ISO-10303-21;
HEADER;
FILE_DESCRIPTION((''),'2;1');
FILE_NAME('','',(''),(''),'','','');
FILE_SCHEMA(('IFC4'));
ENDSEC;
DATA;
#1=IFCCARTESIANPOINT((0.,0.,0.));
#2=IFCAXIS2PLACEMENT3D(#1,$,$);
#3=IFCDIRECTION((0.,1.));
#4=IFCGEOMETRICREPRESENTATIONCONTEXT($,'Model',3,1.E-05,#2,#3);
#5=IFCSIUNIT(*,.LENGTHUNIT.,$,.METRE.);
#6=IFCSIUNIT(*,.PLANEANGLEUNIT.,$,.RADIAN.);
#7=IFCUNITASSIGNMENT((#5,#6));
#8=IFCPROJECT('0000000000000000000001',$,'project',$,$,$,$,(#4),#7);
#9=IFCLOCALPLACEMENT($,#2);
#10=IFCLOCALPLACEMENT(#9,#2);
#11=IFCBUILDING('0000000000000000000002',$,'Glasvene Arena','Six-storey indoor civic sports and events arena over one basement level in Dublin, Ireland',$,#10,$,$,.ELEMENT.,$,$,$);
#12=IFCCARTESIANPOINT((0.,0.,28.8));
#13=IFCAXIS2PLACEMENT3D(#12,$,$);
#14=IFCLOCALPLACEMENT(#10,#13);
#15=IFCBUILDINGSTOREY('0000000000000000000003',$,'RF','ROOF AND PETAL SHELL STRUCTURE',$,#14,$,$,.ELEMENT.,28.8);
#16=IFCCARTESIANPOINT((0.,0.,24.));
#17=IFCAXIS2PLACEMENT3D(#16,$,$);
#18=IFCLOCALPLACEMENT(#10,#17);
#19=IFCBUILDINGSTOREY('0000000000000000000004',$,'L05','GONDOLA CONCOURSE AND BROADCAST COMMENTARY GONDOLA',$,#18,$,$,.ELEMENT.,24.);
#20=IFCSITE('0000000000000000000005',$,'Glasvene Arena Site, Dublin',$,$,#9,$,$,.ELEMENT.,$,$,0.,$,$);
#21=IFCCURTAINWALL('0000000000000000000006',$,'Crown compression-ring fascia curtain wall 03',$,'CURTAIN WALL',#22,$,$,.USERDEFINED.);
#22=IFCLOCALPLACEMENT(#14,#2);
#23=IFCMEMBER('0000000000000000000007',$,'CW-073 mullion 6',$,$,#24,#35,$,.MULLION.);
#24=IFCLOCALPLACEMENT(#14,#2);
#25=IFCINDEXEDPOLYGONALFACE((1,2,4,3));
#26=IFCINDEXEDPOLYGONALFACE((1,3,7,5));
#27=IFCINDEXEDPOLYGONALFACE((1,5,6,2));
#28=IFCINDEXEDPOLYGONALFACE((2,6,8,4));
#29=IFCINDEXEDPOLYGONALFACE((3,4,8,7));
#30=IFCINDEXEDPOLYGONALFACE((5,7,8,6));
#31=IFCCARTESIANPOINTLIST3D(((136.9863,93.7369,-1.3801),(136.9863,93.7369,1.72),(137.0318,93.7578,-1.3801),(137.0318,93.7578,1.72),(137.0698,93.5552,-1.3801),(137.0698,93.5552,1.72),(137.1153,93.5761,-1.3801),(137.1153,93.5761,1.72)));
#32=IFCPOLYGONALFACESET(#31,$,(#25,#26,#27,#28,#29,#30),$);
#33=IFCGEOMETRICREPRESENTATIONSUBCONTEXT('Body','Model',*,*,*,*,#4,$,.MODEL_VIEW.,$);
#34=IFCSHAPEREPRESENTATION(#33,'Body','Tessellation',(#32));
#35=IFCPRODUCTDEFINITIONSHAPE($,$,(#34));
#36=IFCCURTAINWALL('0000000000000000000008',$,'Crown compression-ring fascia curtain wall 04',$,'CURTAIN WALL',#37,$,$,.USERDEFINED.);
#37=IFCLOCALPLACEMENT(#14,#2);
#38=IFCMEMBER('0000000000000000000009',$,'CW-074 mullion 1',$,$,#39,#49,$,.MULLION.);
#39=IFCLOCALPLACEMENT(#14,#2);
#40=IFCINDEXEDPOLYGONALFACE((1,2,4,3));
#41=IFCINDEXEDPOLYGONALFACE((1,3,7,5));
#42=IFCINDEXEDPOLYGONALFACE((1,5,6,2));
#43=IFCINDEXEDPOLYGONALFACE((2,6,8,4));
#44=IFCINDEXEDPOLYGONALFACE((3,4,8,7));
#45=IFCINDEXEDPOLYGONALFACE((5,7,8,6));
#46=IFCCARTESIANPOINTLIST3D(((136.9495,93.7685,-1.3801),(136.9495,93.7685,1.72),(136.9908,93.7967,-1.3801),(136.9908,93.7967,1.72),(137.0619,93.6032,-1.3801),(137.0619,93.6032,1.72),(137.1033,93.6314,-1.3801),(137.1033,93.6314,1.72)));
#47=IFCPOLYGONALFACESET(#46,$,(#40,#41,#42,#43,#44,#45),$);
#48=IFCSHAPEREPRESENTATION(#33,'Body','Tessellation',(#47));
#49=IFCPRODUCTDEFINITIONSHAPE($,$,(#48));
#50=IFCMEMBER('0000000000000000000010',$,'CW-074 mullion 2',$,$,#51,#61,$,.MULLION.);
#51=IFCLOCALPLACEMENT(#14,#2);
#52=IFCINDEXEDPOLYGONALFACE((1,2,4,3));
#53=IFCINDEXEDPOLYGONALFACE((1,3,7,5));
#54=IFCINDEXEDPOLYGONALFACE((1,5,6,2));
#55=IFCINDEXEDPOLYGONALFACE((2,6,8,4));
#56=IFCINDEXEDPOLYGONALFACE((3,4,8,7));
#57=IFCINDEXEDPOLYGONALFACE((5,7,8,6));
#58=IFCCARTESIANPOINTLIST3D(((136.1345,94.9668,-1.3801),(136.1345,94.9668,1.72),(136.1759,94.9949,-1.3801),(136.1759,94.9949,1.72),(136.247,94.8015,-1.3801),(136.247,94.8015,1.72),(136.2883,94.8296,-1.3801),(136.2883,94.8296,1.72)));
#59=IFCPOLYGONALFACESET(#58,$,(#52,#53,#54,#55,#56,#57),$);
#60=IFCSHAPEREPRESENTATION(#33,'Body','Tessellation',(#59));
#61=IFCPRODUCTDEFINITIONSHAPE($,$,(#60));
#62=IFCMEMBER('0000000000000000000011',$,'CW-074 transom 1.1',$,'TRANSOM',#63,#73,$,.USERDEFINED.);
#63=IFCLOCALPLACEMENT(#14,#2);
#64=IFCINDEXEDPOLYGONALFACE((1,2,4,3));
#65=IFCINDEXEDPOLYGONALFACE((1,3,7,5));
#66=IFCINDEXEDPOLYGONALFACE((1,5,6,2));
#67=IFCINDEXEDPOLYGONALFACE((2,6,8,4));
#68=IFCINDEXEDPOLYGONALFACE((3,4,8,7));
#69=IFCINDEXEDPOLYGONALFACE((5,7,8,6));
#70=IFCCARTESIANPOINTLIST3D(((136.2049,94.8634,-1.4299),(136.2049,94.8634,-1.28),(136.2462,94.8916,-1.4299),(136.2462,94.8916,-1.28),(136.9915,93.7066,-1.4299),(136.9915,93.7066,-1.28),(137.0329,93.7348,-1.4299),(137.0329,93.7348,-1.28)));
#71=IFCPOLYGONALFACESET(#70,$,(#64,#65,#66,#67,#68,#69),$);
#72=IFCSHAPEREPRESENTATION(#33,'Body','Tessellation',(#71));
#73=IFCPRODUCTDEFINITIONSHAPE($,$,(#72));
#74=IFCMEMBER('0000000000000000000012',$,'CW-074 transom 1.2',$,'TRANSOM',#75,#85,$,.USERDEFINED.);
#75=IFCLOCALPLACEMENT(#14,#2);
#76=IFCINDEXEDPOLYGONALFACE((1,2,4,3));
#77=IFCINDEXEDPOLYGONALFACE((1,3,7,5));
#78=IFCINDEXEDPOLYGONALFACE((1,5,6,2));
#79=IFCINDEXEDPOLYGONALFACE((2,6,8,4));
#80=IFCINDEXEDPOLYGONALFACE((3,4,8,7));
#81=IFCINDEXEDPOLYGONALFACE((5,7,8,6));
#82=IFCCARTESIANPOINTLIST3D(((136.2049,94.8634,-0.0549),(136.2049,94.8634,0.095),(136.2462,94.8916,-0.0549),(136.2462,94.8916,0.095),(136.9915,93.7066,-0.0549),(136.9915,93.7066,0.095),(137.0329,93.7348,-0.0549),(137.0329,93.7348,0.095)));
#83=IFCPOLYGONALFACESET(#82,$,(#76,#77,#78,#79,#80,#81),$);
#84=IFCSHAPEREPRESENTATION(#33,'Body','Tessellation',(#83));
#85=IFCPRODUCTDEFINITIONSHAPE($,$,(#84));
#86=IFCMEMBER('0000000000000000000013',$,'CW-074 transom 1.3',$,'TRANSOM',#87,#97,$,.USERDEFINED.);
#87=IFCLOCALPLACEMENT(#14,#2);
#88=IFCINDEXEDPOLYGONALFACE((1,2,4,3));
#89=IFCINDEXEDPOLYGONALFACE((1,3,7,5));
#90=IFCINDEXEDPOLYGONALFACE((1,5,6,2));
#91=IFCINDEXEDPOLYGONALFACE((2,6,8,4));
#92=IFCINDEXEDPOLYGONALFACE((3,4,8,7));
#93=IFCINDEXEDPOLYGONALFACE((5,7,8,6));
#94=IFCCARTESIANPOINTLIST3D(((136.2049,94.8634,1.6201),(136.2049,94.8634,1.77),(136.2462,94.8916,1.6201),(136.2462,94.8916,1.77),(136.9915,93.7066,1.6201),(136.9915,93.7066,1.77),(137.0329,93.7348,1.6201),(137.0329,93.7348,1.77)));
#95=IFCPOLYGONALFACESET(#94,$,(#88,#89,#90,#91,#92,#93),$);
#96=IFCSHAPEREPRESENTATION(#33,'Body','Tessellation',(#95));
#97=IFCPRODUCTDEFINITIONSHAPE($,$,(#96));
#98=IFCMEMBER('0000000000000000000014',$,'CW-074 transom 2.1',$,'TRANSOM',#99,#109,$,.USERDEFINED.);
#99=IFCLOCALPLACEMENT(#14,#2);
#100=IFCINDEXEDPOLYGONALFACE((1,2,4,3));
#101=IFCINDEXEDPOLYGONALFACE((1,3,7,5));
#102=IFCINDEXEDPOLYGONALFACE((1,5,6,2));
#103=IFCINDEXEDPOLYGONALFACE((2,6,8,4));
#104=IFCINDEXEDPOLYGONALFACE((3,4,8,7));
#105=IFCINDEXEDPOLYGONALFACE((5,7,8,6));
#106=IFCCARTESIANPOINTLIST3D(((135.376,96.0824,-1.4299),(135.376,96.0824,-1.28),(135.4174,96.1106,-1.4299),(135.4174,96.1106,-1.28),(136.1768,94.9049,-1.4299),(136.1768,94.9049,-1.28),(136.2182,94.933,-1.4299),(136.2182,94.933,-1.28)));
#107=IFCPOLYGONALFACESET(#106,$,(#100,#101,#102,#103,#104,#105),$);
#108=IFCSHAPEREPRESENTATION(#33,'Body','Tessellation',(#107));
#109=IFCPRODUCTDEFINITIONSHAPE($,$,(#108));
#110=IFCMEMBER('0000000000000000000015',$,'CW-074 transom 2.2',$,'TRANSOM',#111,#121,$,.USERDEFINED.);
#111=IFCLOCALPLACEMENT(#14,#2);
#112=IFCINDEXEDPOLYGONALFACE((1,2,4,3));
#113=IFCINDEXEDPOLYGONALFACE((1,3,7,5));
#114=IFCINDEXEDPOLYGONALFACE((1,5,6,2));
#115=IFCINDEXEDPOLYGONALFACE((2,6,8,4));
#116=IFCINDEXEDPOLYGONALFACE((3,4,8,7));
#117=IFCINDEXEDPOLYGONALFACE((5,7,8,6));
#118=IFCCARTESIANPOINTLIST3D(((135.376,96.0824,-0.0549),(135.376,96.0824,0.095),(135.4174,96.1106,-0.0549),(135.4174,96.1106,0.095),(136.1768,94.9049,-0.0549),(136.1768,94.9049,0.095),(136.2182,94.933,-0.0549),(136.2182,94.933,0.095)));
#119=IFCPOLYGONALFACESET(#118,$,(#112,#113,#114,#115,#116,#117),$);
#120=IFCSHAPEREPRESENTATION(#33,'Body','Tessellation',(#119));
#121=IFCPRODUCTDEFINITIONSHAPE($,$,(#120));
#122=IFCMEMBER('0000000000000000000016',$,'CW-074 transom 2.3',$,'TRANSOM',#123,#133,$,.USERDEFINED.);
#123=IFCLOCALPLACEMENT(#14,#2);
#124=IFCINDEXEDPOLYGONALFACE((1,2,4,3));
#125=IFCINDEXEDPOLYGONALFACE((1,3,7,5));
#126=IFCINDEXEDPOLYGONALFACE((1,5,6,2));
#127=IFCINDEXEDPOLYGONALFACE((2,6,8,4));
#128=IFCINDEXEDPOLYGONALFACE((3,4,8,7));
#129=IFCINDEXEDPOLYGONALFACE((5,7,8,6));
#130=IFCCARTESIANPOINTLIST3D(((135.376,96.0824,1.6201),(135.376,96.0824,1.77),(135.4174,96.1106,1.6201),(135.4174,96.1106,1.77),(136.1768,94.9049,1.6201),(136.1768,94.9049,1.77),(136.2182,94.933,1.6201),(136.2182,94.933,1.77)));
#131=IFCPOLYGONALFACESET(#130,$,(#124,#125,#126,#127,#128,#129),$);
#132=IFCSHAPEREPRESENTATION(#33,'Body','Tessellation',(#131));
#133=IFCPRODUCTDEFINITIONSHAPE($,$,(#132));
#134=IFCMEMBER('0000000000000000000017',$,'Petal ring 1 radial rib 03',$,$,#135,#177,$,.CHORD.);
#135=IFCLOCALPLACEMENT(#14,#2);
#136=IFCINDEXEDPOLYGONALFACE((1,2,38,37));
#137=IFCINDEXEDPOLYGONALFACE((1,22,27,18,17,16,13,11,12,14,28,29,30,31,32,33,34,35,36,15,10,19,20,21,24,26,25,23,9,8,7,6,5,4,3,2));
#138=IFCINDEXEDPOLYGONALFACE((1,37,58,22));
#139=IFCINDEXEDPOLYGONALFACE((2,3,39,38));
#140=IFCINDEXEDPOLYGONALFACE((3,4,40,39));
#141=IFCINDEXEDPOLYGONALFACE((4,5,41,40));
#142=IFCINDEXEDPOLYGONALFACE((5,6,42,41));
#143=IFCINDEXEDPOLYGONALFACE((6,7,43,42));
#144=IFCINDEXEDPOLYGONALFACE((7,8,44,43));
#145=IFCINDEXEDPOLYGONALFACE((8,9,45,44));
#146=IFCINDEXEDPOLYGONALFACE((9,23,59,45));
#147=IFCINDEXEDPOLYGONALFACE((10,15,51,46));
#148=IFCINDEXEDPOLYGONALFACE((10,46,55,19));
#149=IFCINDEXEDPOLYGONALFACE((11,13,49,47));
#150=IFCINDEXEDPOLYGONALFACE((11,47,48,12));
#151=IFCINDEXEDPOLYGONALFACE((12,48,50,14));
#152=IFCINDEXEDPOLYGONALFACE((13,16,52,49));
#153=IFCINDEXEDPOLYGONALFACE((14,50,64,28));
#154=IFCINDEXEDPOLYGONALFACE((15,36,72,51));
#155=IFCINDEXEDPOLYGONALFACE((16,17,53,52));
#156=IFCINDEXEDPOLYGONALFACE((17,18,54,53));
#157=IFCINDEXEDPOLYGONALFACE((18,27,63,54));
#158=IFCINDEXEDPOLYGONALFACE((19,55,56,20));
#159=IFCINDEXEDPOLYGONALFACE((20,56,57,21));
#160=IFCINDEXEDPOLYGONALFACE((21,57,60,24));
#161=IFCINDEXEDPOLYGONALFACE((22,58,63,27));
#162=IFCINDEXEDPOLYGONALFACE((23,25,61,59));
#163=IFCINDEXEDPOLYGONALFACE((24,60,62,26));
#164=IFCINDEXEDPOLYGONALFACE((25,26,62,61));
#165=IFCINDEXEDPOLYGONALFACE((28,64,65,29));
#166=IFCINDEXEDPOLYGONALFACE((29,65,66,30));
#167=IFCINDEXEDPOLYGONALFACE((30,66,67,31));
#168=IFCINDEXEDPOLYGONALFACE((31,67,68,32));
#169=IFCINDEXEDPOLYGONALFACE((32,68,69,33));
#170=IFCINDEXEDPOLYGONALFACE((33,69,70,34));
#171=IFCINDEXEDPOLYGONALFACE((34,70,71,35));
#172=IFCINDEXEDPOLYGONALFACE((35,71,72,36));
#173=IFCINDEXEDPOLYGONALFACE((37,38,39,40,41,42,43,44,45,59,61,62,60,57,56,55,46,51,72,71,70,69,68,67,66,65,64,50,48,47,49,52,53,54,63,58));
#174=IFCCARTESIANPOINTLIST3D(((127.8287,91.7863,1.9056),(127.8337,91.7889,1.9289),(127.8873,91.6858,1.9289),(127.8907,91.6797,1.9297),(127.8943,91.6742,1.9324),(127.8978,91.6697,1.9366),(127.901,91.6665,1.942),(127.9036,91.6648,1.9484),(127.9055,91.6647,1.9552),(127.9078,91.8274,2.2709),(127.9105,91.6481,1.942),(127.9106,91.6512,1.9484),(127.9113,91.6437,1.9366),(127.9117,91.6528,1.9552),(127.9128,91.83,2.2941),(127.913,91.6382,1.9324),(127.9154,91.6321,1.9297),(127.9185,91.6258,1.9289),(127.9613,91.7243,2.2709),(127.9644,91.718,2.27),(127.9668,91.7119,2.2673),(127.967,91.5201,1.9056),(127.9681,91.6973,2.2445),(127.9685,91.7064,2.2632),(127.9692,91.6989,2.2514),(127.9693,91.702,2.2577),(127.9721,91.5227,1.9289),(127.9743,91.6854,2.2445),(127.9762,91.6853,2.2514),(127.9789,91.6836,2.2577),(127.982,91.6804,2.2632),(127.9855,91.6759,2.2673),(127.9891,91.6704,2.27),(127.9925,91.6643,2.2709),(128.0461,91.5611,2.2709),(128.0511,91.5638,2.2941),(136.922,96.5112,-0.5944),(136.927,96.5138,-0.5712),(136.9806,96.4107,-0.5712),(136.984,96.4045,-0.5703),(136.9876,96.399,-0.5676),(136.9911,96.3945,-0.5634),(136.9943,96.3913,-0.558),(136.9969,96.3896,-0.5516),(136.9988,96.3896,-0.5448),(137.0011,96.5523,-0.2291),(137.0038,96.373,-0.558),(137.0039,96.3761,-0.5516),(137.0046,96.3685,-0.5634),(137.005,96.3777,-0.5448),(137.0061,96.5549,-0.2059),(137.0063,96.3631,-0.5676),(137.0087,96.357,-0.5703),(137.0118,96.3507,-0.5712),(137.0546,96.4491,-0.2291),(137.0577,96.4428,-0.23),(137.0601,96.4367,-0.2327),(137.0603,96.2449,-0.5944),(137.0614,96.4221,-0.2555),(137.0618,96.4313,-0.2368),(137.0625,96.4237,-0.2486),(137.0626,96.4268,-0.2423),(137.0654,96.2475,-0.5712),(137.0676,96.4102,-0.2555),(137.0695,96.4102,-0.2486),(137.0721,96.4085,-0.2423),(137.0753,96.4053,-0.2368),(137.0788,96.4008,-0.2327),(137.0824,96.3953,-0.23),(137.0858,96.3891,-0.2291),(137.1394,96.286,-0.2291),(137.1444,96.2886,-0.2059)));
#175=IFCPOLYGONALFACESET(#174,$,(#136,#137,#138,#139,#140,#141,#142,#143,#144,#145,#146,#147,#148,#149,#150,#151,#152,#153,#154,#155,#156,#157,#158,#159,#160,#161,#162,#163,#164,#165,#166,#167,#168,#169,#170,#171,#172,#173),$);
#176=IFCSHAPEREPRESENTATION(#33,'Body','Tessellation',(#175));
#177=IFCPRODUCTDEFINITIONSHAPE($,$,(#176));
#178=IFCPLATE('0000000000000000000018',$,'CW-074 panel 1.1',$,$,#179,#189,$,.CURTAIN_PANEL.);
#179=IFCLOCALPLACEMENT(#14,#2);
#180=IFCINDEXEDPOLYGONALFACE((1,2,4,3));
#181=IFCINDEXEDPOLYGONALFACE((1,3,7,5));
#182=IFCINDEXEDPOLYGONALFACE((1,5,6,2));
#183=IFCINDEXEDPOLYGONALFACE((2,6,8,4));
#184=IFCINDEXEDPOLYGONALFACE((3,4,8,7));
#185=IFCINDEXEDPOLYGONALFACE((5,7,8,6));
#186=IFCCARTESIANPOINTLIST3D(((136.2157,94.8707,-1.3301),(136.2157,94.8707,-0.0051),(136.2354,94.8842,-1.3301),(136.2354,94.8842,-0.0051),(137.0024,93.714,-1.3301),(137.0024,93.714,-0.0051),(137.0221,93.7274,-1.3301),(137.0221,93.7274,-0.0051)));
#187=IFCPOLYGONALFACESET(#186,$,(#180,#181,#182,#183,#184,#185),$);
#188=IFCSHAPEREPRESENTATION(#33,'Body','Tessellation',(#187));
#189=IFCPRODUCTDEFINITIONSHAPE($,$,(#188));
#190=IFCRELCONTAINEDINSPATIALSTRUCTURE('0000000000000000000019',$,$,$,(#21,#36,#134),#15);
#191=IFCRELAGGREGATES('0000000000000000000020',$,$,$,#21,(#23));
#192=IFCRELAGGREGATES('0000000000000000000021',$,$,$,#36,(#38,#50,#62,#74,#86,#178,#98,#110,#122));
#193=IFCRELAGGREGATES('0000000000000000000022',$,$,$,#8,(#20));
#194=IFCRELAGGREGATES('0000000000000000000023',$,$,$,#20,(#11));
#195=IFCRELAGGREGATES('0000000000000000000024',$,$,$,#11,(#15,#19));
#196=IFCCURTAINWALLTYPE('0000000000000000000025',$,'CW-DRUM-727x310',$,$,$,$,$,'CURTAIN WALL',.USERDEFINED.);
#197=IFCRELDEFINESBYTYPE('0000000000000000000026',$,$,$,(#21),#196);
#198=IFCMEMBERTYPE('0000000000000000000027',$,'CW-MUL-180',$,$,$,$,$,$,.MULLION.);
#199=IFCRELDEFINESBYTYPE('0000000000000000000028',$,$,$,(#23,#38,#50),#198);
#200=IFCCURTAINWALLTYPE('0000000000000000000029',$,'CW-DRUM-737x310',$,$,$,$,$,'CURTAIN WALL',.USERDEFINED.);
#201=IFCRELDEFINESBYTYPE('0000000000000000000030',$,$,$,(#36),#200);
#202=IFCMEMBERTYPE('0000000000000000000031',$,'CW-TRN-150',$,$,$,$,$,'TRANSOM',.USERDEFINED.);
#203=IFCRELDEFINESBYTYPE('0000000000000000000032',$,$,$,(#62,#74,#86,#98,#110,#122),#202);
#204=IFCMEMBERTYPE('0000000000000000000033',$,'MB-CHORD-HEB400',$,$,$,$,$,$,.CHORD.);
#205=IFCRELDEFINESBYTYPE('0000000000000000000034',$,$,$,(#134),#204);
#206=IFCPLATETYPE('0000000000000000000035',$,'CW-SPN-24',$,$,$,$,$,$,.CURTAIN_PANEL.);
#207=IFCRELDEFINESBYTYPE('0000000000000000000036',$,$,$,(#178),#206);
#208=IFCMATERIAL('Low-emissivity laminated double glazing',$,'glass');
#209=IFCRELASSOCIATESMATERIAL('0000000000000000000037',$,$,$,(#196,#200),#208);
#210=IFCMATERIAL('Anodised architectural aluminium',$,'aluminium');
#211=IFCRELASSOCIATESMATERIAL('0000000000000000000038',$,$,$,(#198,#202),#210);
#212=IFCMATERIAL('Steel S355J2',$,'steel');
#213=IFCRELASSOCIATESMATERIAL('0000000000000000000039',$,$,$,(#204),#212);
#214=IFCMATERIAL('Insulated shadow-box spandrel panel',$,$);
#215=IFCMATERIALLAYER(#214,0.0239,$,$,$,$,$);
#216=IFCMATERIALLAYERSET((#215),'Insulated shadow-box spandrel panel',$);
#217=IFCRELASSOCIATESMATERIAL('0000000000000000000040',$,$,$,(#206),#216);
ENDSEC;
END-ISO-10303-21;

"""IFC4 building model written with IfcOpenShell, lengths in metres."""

from ifc_helpers import new_model, si_unit, direction, frame, origin, origin_2d, place, context, subcontext, project, spatial, rectangle, i_section, extrude, material, layer, layer_set, material_profile, profile_set, type_object, element, aggregate, save


model = new_model("IFC4")

# Units and contexts
model_context = context("Model", 3, precision=1e-05, world=origin(), true_north=direction((0.0, 1.0)))
body_context = subcontext(model_context, "Body", "Model", "MODEL_VIEW")
ifc_project = project(units=[si_unit("LENGTHUNIT", "METRE"), si_unit("PLANEANGLEUNIT", "RADIAN")], contexts=[model_context])

# Site, building, storey
site_placement = place(None, origin())
site = spatial("IfcSite", under=ifc_project, at=site_placement, Name="Glasvene Arena Site, Dublin", CompositionType="ELEMENT", RefElevation=0.0)
building_placement = place(site_placement, origin())
building = spatial("IfcBuilding", under=site, at=building_placement, Name="Glasvene Arena", Description="Six-storey indoor civic sports and events arena over one basement level in Dublin, Ireland", CompositionType="ELEMENT")
storey_1_placement = place(building_placement, frame((0.0, 0.0, 28.8)))
storey_1 = spatial("IfcBuildingStorey", under=building, at=storey_1_placement, Name="RF", Description="ROOF AND PETAL SHELL STRUCTURE", CompositionType="ELEMENT", Elevation=28.8)

# Curtain wall, member
ifc_material_1 = material(Name="Low-emissivity laminated double glazing", Category="glass")
curtain_wall_type_1 = type_object("IfcCurtainWallType", Name="CW-DRUM-727x310", ElementType="CURTAIN WALL", PredefinedType="USERDEFINED", material=ifc_material_1)
curtain_wall_1_placement = place(storey_1_placement, frame((140.0759, 87.0757, 0.0)))
curtain_wall_1 = element("IfcCurtainWall", 1, at=curtain_wall_1_placement, inside=storey_1, type_object=curtain_wall_type_1, Name="Crown compression-ring fascia curtain wall 03", ObjectType="CURTAIN WALL", PredefinedType="USERDEFINED")
ifc_material_2 = material(Name="Anodised architectural aluminium", Category="aluminium")
ifc_material_profile_1 = material_profile(ifc_material_2, rectangle(XDim=0.05, YDim=0.2, at=origin_2d()), Name="ALU MULLION 50x200")
ifc_profile_set_1 = profile_set([ifc_material_profile_1], Name="Anodised architectural aluminium")
member_type_1 = type_object("IfcMemberType", Name="CW-MUL-180", PredefinedType="MULLION", material=ifc_profile_set_1)
member_1_placement = place(storey_1_placement, frame((137.0508, 93.6565, -1.3801), z_axis=(0.0, 0.0, 1.0), x_axis=(-0.908603, -0.417661, 0.0)))
member_1 = element("IfcMember", 2, at=member_1_placement, type_object=member_type_1, Name="CW-073 mullion 6", PredefinedType="MULLION", context=body_context, shape_type="SweptSolid", body=[
    extrude(rectangle(XDim=0.05, YDim=0.2, at=origin_2d()), origin(), (0.0, 0.0, 1.0), 3.1001),
])
aggregate(curtain_wall_1, [member_1])

# Curtain wall, members
curtain_wall_type_2 = type_object("IfcCurtainWallType", Name="CW-DRUM-737x310", ElementType="CURTAIN WALL", PredefinedType="USERDEFINED", material=ifc_material_1)
curtain_wall_2_placement = place(storey_1_placement, frame((137.0403, 93.6792, 0.0)))
curtain_wall_2 = element("IfcCurtainWall", 3, at=curtain_wall_2_placement, inside=storey_1, type_object=curtain_wall_type_2, Name="Crown compression-ring fascia curtain wall 04", ObjectType="CURTAIN WALL", PredefinedType="USERDEFINED")
member_2_placement = place(storey_1_placement, frame((137.0264, 93.7, -1.3801), z_axis=(0.0, 0.0, 1.0), x_axis=(-0.826896, -0.562354, 0.0)))
member_2 = element("IfcMember", 4, at=member_2_placement, type_object=member_type_1, Name="CW-074 mullion 1", PredefinedType="MULLION", context=body_context, shape_type="SweptSolid", body=[
    extrude(rectangle(XDim=0.05, YDim=0.2, at=origin_2d()), origin(), (0.0, 0.0, 1.0), 3.1001),
])
member_3_placement = place(storey_1_placement, frame((136.2114, 94.8982, -1.3801), z_axis=(0.0, 0.0, 1.0), x_axis=(-0.826896, -0.562354, 0.0)))
member_3 = element("IfcMember", 5, at=member_3_placement, type_object=member_type_1, Name="CW-074 mullion 2", PredefinedType="MULLION", context=body_context, shape_type="SweptSolid", body=[
    extrude(rectangle(XDim=0.05, YDim=0.2, at=origin_2d()), origin(), (0.0, 0.0, 1.0), 3.1001),
])
ifc_material_profile_2 = material_profile(ifc_material_2, rectangle(XDim=0.05, YDim=0.1499, at=origin_2d()), Name="ALU TRANSOM 50x150")
ifc_profile_set_2 = profile_set([ifc_material_profile_2], Name="Anodised architectural aluminium")
member_type_2 = type_object("IfcMemberType", Name="CW-TRN-150", ElementType="TRANSOM", PredefinedType="USERDEFINED", material=ifc_profile_set_2)
member_4_placement = place(storey_1_placement, frame((137.0122, 93.7207, -1.355), z_axis=(-0.562329, 0.826914, 0.0), x_axis=(-0.826914, -0.562329, 0.0)))
member_4 = element("IfcMember", 6, at=member_4_placement, type_object=member_type_2, Name="CW-074 transom 1.1", ObjectType="TRANSOM", PredefinedType="USERDEFINED", context=body_context, shape_type="SweptSolid", body=[
    extrude(rectangle(XDim=0.05, YDim=0.1499, at=origin_2d()), origin(), (0.0, 0.0, 1.0), 1.3989),
])
member_5_placement = place(storey_1_placement, frame((137.0122, 93.7207, 0.02), z_axis=(-0.562329, 0.826914, 0.0), x_axis=(-0.826914, -0.562329, 0.0)))
member_5 = element("IfcMember", 7, at=member_5_placement, type_object=member_type_2, Name="CW-074 transom 1.2", ObjectType="TRANSOM", PredefinedType="USERDEFINED", context=body_context, shape_type="SweptSolid", body=[
    extrude(rectangle(XDim=0.05, YDim=0.1499, at=origin_2d()), origin(), (0.0, 0.0, 1.0), 1.3989),
])
member_6_placement = place(storey_1_placement, frame((137.0122, 93.7207, 1.6951), z_axis=(-0.562329, 0.826914, 0.0), x_axis=(-0.826914, -0.562329, 0.0)))
member_6 = element("IfcMember", 8, at=member_6_placement, type_object=member_type_2, Name="CW-074 transom 1.3", ObjectType="TRANSOM", PredefinedType="USERDEFINED", context=body_context, shape_type="SweptSolid", body=[
    extrude(rectangle(XDim=0.05, YDim=0.1499, at=origin_2d()), origin(), (0.0, 0.0, 1.0), 1.3989),
])
member_7_placement = place(storey_1_placement, frame((136.1975, 94.9189, -1.355), z_axis=(-0.562352, 0.826898, 0.0), x_axis=(-0.826898, -0.562352, 0.0)))
member_7 = element("IfcMember", 9, at=member_7_placement, type_object=member_type_2, Name="CW-074 transom 2.1", ObjectType="TRANSOM", PredefinedType="USERDEFINED", context=body_context, shape_type="SweptSolid", body=[
    extrude(rectangle(XDim=0.05, YDim=0.1499, at=origin_2d()), origin(), (0.0, 0.0, 1.0), 1.4241),
])
member_8_placement = place(storey_1_placement, frame((136.1975, 94.9189, 0.02), z_axis=(-0.562352, 0.826898, 0.0), x_axis=(-0.826898, -0.562352, 0.0)))
member_8 = element("IfcMember", 10, at=member_8_placement, type_object=member_type_2, Name="CW-074 transom 2.2", ObjectType="TRANSOM", PredefinedType="USERDEFINED", context=body_context, shape_type="SweptSolid", body=[
    extrude(rectangle(XDim=0.05, YDim=0.1499, at=origin_2d()), origin(), (0.0, 0.0, 1.0), 1.4241),
])
member_9_placement = place(storey_1_placement, frame((136.1975, 94.9189, 1.6951), z_axis=(-0.562352, 0.826898, 0.0), x_axis=(-0.826898, -0.562352, 0.0)))
member_9 = element("IfcMember", 11, at=member_9_placement, type_object=member_type_2, Name="CW-074 transom 2.3", ObjectType="TRANSOM", PredefinedType="USERDEFINED", context=body_context, shape_type="SweptSolid", body=[
    extrude(rectangle(XDim=0.05, YDim=0.1499, at=origin_2d()), origin(), (0.0, 0.0, 1.0), 1.4241),
])

# Member
ifc_material_3 = material(Name="Steel S355J2", Category="steel")
ifc_material_profile_3 = material_profile(ifc_material_3, i_section(OverallWidth=0.3, OverallDepth=0.3999, WebThickness=0.0134, FlangeThickness=0.0239, FilletRadius=0.0271, at=origin_2d()), Name="HEB 400")
ifc_profile_set_3 = profile_set([ifc_material_profile_3], Name="Steel S355J2")
member_type_3 = type_object("IfcMemberType", Name="MB-CHORD-HEB400", PredefinedType="CHORD", material=ifc_profile_set_3)
member_10_placement = place(storey_1_placement, frame((137.0332, 96.3999, -0.4001), z_axis=(-0.862079, -0.447936, 0.23701), x_axis=(0.461073, -0.887362, 0.0)))
element("IfcMember", 12, at=member_10_placement, inside=storey_1, type_object=member_type_3, Name="Petal ring 1 radial rib 03", PredefinedType="CHORD", context=body_context, shape_type="SweptSolid", body=[
    extrude(i_section(OverallWidth=0.3, OverallDepth=0.3999, WebThickness=0.0134, FlangeThickness=0.0239, FilletRadius=0.0271, at=origin_2d()), origin(), (0.0, 0.0, 1.0), 10.5481),
])

# Plate
ifc_material_4 = material(Name="Insulated shadow-box spandrel panel")
ifc_layer_1 = layer(ifc_material_4, 0.0239)
ifc_layer_set_1 = layer_set([ifc_layer_1], Name="Insulated shadow-box spandrel panel")
plate_type = type_object("IfcPlateType", Name="CW-SPN-24", PredefinedType="CURTAIN_PANEL", material=ifc_layer_set_1)
plate_1_placement = place(storey_1_placement, frame((136.6189, 94.2991, -1.3301), z_axis=(0.0, 0.0, 1.0), x_axis=(-0.562354, 0.826896, 0.0)))
plate_1 = element("IfcPlate", 13, at=plate_1_placement, type_object=plate_type, Name="CW-074 panel 1.1", PredefinedType="CURTAIN_PANEL", context=body_context, shape_type="SweptSolid", body=[
    extrude(rectangle(XDim=1.3989, YDim=0.0239, at=origin_2d()), origin(), (0.0, 0.0, 1.0), 1.325),
])
aggregate(curtain_wall_2, [member_2, member_3, member_4, member_5, member_6, plate_1, member_7, member_8, member_9])

# Shared definitions
storey_2_placement = place(building_placement, frame((0.0, 0.0, 24.0)))
storey_2 = spatial("IfcBuildingStorey", under=building, at=storey_2_placement, Name="L05", Description="GONDOLA CONCOURSE AND BROADCAST COMMENTARY GONDOLA", CompositionType="ELEMENT", Elevation=24.0)

save(model, "model.ifc")
